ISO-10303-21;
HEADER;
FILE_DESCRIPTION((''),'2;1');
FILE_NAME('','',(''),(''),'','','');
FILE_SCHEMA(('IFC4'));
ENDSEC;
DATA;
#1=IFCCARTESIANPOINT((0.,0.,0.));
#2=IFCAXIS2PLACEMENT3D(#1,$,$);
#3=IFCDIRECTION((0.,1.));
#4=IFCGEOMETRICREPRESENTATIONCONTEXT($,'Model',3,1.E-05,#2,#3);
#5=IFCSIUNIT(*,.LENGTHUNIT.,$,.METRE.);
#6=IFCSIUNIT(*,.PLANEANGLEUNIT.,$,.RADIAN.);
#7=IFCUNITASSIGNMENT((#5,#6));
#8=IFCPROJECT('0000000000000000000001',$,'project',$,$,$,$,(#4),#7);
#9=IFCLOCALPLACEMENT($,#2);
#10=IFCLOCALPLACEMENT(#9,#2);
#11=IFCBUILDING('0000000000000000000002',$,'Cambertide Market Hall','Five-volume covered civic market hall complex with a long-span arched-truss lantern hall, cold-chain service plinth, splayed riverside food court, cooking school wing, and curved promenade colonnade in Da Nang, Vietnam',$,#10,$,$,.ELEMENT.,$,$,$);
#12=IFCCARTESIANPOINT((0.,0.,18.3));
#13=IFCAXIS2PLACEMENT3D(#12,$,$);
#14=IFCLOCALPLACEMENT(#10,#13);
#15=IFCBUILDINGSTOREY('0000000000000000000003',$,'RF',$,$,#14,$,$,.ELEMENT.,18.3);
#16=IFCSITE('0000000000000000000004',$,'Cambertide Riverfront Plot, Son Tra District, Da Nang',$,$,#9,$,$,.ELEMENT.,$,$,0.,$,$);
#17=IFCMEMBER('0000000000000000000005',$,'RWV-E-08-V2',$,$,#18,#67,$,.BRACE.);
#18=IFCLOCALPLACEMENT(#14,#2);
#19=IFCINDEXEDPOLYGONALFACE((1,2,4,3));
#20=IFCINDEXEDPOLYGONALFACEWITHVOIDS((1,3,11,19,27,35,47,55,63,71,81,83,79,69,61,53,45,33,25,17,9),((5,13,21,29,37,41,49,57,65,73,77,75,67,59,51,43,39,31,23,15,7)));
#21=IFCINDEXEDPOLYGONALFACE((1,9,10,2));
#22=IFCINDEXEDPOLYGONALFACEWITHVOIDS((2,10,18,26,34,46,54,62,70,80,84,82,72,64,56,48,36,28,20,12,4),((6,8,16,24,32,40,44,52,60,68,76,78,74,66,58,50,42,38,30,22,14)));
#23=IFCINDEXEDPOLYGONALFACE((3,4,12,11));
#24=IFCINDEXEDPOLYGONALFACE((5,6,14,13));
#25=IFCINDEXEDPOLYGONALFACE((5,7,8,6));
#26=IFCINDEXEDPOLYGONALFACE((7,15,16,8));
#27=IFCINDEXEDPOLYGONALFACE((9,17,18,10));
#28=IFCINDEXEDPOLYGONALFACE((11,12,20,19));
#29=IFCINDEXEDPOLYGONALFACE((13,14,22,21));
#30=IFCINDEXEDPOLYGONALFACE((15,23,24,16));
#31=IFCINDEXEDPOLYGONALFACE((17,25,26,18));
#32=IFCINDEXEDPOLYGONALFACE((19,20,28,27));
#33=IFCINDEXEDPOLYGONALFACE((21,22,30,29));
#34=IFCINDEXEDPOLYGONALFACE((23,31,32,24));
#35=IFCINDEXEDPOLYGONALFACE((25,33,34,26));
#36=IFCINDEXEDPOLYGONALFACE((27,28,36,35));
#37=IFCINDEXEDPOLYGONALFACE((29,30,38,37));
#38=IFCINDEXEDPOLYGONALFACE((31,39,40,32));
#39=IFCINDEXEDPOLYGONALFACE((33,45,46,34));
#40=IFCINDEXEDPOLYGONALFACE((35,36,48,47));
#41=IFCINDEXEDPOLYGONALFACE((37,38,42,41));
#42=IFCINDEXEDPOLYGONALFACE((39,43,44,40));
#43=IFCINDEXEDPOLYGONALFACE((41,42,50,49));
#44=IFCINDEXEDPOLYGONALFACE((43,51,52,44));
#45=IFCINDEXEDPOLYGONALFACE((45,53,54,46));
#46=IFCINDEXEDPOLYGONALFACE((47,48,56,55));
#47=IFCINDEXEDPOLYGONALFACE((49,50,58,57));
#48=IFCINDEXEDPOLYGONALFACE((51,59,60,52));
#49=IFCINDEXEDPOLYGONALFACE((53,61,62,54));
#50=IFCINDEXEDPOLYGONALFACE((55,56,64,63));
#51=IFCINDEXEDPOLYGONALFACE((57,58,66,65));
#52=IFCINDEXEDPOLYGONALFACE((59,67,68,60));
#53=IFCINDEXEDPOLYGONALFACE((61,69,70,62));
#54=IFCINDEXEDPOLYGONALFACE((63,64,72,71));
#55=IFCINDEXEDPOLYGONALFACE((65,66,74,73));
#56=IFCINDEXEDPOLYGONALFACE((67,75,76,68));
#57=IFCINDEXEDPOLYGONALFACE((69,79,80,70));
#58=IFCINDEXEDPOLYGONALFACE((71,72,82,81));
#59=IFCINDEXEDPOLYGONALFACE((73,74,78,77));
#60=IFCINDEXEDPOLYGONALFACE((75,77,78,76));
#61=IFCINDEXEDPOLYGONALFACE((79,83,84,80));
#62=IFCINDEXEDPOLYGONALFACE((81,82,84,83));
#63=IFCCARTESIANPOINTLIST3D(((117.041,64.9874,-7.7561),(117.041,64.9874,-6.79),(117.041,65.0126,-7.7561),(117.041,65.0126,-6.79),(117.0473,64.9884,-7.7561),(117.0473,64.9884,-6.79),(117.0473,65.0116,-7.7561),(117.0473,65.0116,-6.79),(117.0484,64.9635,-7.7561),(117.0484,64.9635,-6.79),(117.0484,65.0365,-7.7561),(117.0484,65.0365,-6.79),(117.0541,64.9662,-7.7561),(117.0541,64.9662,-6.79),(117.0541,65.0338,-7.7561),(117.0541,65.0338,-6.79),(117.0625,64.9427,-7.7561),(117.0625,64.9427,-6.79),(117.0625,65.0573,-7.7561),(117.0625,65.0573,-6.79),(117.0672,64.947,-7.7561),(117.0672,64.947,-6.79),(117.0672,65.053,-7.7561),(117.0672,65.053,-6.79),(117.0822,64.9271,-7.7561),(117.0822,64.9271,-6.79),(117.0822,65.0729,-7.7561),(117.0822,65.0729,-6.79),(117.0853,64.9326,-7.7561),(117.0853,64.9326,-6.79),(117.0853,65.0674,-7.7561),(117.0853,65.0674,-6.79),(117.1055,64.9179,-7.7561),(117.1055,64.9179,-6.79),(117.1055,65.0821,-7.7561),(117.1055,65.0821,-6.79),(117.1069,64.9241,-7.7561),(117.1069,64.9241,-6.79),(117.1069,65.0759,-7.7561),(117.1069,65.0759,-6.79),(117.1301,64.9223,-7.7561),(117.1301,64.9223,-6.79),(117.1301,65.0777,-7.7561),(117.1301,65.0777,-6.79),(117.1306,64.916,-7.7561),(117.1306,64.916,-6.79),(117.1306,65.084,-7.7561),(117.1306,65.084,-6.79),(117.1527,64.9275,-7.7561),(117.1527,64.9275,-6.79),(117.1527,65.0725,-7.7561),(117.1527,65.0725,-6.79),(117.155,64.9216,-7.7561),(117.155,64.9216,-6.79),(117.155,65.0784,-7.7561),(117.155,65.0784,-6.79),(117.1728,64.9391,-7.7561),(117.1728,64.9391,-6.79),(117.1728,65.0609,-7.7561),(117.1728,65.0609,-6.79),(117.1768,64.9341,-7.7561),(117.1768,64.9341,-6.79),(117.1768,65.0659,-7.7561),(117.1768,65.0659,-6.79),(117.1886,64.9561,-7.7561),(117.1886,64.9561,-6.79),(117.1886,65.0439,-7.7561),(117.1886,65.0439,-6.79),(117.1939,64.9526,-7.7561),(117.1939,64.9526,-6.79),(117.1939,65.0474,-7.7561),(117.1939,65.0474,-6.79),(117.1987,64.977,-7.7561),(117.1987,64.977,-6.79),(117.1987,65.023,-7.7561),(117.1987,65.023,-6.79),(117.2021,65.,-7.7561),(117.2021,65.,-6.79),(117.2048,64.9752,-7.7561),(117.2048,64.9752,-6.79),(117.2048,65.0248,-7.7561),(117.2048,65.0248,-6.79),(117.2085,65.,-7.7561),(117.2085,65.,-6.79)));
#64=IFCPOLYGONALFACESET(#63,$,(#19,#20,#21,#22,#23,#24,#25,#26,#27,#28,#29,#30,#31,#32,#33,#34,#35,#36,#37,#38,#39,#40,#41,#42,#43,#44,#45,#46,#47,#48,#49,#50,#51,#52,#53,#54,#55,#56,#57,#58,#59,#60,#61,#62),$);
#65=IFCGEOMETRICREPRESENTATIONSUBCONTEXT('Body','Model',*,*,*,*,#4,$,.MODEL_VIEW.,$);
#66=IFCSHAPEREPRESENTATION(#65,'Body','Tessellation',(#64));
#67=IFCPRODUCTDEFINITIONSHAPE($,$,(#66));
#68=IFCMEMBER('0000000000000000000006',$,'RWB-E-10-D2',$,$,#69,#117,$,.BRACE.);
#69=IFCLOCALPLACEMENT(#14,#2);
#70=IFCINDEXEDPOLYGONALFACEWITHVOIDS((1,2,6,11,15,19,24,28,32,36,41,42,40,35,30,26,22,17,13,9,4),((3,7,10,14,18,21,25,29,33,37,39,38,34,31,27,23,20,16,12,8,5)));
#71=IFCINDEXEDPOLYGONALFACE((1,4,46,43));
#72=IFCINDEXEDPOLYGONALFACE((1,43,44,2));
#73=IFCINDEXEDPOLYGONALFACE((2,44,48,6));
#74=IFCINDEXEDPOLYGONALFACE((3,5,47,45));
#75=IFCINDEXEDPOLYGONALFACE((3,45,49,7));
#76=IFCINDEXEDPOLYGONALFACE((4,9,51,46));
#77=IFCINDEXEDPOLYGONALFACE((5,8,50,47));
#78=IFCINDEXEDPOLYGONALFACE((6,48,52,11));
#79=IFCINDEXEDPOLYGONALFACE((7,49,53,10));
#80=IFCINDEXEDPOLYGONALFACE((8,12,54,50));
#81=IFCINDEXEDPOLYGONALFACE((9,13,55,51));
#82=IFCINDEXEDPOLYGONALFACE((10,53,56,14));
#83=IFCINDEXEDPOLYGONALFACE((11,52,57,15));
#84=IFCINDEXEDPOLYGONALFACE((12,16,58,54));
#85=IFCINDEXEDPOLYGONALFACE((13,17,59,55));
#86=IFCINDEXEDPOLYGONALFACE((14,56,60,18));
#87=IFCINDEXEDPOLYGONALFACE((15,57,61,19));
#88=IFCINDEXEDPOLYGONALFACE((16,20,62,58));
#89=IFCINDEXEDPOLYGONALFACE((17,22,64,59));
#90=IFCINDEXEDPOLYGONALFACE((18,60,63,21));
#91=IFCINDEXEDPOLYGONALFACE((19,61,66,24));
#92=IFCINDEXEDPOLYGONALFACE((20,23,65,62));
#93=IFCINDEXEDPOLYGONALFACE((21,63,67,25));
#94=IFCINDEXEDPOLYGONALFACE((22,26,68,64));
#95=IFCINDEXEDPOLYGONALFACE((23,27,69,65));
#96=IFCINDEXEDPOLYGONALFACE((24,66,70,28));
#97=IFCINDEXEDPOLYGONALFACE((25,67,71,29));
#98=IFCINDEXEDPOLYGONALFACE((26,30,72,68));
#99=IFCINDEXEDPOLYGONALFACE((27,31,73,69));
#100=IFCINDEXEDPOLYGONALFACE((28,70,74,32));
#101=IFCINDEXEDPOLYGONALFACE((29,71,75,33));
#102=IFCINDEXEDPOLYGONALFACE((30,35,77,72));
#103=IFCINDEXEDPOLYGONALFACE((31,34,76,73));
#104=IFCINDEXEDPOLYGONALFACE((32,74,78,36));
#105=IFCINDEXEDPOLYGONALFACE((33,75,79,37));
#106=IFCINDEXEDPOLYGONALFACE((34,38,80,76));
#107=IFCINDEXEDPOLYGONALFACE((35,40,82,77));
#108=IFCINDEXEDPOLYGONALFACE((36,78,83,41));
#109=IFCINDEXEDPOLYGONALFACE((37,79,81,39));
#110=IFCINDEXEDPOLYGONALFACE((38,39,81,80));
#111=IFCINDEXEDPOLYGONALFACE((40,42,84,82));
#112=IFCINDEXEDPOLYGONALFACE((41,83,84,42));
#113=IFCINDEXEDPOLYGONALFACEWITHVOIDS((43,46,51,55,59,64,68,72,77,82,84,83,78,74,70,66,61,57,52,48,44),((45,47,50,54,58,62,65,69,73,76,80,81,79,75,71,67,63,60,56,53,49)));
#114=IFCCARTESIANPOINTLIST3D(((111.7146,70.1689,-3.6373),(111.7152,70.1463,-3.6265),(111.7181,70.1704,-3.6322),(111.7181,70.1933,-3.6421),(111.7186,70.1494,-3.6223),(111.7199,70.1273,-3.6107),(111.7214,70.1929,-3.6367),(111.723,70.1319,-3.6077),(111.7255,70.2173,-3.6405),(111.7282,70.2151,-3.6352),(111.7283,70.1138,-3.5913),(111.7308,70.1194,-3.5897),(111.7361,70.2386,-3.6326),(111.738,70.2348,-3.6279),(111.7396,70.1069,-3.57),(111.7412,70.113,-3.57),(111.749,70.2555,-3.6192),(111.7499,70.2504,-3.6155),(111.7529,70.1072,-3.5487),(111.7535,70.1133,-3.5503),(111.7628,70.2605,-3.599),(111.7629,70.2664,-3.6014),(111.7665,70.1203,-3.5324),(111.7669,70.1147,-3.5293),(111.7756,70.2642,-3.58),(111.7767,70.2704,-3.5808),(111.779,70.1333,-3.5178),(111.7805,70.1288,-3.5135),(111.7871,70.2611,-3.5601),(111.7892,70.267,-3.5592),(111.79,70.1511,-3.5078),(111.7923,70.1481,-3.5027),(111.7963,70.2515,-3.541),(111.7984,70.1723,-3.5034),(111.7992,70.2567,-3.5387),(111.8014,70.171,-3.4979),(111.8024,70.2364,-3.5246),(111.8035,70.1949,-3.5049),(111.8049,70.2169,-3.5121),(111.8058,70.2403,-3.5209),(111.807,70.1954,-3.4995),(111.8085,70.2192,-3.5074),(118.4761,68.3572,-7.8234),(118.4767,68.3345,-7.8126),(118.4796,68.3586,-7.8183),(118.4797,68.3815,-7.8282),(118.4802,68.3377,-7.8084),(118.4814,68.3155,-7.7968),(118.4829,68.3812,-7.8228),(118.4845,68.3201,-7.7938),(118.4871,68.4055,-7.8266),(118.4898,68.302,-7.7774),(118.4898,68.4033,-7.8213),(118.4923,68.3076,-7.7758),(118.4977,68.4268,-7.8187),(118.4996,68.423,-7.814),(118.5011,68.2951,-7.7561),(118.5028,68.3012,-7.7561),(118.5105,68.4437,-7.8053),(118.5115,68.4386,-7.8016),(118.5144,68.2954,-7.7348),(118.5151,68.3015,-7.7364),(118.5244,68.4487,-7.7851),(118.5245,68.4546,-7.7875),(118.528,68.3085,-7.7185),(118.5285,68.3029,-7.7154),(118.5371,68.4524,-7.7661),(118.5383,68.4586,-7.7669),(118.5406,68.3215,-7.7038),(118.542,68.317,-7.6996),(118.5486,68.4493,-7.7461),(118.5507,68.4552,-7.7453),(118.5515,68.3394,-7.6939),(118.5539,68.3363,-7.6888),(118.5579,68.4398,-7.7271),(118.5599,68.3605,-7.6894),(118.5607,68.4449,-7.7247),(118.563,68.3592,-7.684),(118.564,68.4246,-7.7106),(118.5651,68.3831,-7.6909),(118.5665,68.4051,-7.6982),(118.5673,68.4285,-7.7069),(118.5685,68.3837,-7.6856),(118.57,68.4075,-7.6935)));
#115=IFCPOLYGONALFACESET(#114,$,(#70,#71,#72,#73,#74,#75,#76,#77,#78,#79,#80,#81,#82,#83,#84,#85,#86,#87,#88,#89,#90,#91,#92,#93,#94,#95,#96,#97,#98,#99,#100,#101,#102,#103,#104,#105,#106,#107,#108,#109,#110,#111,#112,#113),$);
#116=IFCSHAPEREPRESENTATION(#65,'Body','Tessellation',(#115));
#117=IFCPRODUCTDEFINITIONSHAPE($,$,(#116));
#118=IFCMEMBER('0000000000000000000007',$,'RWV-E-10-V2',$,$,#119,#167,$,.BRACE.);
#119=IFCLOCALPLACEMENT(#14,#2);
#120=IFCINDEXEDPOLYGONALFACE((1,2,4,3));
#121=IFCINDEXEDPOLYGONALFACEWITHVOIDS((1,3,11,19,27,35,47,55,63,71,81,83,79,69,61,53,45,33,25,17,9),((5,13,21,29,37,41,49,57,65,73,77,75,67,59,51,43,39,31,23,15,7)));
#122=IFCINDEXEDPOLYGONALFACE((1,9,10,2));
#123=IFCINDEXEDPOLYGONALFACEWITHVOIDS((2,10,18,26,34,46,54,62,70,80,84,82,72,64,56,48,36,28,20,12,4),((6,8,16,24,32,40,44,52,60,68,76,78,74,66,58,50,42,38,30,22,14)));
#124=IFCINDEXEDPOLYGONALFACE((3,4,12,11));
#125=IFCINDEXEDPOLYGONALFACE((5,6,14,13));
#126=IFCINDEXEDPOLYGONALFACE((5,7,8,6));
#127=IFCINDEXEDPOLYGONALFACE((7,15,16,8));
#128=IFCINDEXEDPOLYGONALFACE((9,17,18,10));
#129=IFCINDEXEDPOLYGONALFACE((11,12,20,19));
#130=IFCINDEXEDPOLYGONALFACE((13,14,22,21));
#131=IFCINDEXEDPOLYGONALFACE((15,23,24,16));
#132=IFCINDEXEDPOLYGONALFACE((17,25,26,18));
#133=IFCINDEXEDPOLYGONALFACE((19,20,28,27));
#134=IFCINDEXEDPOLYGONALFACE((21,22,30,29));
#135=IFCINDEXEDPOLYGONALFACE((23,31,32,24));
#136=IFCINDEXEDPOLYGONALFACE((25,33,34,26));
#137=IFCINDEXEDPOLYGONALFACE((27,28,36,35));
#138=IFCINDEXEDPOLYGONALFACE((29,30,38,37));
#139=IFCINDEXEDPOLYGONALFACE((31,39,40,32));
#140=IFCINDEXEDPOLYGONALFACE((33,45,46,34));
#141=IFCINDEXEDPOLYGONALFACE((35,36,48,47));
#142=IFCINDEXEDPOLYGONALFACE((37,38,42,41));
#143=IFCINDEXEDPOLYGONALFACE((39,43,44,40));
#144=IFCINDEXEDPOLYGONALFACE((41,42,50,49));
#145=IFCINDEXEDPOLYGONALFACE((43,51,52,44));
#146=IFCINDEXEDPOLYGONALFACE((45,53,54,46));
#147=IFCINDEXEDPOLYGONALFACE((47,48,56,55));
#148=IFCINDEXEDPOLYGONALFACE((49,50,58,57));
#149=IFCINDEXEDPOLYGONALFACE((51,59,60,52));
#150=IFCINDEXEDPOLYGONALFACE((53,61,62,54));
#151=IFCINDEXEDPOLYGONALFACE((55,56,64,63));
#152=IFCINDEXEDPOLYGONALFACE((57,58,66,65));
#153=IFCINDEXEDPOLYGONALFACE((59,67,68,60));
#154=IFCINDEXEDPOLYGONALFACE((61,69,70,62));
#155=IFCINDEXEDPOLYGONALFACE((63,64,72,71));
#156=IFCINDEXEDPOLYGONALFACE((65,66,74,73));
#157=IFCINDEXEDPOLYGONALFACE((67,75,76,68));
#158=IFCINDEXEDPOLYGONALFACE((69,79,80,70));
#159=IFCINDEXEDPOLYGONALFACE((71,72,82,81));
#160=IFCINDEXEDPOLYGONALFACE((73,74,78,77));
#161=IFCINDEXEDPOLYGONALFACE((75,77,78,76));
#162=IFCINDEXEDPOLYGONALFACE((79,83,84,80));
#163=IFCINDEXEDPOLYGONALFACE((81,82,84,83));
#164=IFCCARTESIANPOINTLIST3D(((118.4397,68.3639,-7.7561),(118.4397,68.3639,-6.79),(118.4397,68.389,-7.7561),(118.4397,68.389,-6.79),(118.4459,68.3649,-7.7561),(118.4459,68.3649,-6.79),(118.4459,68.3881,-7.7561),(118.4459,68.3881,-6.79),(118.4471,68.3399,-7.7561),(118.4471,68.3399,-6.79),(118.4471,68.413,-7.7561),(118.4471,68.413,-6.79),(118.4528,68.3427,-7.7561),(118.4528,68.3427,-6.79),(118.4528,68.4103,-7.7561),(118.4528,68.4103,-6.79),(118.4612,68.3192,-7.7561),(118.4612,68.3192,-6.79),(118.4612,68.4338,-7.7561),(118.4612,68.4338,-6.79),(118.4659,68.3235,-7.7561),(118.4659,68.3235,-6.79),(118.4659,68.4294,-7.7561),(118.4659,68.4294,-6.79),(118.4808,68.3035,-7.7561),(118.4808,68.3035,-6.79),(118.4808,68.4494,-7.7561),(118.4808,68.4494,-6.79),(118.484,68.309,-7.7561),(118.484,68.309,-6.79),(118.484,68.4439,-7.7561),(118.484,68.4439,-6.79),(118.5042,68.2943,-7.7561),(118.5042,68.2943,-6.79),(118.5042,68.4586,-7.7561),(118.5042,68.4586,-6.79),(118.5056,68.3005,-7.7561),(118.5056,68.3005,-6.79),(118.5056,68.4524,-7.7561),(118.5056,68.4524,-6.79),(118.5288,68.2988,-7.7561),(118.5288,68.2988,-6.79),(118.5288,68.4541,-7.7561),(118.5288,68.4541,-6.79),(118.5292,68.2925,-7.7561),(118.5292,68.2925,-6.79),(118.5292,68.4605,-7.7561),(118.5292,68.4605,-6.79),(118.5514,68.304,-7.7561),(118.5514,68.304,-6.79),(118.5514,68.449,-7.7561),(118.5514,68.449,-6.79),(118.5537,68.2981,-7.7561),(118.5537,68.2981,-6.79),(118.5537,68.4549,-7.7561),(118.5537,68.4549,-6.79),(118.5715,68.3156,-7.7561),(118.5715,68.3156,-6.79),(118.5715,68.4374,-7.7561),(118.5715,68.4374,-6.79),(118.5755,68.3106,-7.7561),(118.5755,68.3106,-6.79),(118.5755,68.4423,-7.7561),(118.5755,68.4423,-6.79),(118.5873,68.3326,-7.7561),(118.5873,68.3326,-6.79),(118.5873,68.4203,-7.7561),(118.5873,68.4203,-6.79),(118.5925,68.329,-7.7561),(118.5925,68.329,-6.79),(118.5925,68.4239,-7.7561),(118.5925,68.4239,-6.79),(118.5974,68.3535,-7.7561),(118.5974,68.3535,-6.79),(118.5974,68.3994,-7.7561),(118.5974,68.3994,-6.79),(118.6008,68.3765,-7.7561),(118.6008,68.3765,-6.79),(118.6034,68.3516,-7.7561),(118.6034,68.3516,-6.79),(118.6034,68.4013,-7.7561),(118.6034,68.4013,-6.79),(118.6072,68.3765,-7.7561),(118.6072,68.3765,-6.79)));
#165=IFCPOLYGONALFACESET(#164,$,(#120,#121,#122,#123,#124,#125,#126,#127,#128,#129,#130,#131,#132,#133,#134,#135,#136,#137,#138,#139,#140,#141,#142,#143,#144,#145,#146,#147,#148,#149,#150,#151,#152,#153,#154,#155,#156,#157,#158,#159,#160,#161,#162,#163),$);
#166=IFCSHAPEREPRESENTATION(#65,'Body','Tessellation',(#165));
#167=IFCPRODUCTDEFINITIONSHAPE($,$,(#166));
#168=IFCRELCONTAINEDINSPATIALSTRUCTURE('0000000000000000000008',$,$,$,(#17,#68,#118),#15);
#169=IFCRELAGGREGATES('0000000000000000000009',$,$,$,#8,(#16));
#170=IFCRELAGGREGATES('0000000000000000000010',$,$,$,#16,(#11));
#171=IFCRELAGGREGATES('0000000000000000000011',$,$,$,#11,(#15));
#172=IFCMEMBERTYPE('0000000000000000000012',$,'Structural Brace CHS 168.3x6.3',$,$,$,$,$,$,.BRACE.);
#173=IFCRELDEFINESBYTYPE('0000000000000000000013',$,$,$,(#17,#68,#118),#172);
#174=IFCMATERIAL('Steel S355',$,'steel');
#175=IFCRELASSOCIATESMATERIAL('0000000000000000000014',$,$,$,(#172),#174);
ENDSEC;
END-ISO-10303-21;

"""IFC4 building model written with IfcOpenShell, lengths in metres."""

from ifc_helpers import new_model, si_unit, direction, frame, origin, origin_2d, place, context, subcontext, project, spatial, hollow_circle, extrude, material, material_profile, profile_set, type_object, element, save


model = new_model("IFC4")

# Units and contexts
model_context = context("Model", 3, precision=1e-05, world=origin(), true_north=direction((0.0, 1.0)))
body_context = subcontext(model_context, "Body", "Model", "MODEL_VIEW")
ifc_project = project(units=[si_unit("LENGTHUNIT", "METRE"), si_unit("PLANEANGLEUNIT", "RADIAN")], contexts=[model_context])

# Site, building, storey
site_placement = place(None, origin())
site = spatial("IfcSite", under=ifc_project, at=site_placement, Name="Cambertide Riverfront Plot, Son Tra District, Da Nang", CompositionType="ELEMENT", RefElevation=0.0)
building_placement = place(site_placement, origin())
building = spatial("IfcBuilding", under=site, at=building_placement, Name="Cambertide Market Hall", Description="Five-volume covered civic market hall complex with a long-span arched-truss lantern hall, cold-chain service plinth, splayed riverside food court, cooking school wing, and curved promenade colonnade in Da Nang, Vietnam", CompositionType="ELEMENT")
storey_placement = place(building_placement, frame((0.0, 0.0, 18.3)))
storey = spatial("IfcBuildingStorey", under=building, at=storey_placement, Name="RF", CompositionType="ELEMENT", Elevation=18.3)

# Members
ifc_material_1 = material(Name="Steel S355", Category="steel")
ifc_material_profile_1 = material_profile(ifc_material_1, hollow_circle(Radius=0.0842, WallThickness=0.0063, at=origin_2d()), Name="CHS 168.3x6.3")
ifc_profile_set_1 = profile_set([ifc_material_profile_1], Name="Steel S355")
member_type_1 = type_object("IfcMemberType", Name="Structural Brace CHS 168.3x6.3", PredefinedType="BRACE", material=ifc_profile_set_1)
member_1_placement = place(storey_placement, frame((117.1243, 65.0, -7.7561), z_axis=(0.0, 0.0, 1.0), x_axis=(1.0, 0.0, 0.0)))
element("IfcMember", 1, at=member_1_placement, inside=storey, type_object=member_type_1, Name="RWV-E-08-V2", PredefinedType="BRACE", context=body_context, shape_type="SweptSolid", body=[
    extrude(hollow_circle(Radius=0.0842, WallThickness=0.0063, at=origin_2d()), origin(), (0.0, 0.0, 1.0), 0.9661),
])
member_2_placement = place(storey_placement, frame((118.5229, 68.3765, -7.7561), z_axis=(-0.829002, 0.222135, 0.513236), x_axis=(-0.258824, -0.965925, 0.0)))
element("IfcMember", 2, at=member_2_placement, inside=storey, type_object=member_type_1, Name="RWB-E-10-D2", PredefinedType="BRACE", context=body_context, shape_type="SweptSolid", body=[
    extrude(hollow_circle(Radius=0.0842, WallThickness=0.0063, at=origin_2d()), origin(), (0.0, 0.0, 1.0), 8.1562),
])
member_3_placement = place(storey_placement, frame((118.5229, 68.3765, -7.7561), z_axis=(0.0, 0.0, 1.0), x_axis=(1.0, 0.0, 0.0)))
element("IfcMember", 3, at=member_3_placement, inside=storey, type_object=member_type_1, Name="RWV-E-10-V2", PredefinedType="BRACE", context=body_context, shape_type="SweptSolid", body=[
    extrude(hollow_circle(Radius=0.0842, WallThickness=0.0063, at=origin_2d()), origin(), (0.0, 0.0, 1.0), 0.9661),
])

save(model, "model.ifc")
